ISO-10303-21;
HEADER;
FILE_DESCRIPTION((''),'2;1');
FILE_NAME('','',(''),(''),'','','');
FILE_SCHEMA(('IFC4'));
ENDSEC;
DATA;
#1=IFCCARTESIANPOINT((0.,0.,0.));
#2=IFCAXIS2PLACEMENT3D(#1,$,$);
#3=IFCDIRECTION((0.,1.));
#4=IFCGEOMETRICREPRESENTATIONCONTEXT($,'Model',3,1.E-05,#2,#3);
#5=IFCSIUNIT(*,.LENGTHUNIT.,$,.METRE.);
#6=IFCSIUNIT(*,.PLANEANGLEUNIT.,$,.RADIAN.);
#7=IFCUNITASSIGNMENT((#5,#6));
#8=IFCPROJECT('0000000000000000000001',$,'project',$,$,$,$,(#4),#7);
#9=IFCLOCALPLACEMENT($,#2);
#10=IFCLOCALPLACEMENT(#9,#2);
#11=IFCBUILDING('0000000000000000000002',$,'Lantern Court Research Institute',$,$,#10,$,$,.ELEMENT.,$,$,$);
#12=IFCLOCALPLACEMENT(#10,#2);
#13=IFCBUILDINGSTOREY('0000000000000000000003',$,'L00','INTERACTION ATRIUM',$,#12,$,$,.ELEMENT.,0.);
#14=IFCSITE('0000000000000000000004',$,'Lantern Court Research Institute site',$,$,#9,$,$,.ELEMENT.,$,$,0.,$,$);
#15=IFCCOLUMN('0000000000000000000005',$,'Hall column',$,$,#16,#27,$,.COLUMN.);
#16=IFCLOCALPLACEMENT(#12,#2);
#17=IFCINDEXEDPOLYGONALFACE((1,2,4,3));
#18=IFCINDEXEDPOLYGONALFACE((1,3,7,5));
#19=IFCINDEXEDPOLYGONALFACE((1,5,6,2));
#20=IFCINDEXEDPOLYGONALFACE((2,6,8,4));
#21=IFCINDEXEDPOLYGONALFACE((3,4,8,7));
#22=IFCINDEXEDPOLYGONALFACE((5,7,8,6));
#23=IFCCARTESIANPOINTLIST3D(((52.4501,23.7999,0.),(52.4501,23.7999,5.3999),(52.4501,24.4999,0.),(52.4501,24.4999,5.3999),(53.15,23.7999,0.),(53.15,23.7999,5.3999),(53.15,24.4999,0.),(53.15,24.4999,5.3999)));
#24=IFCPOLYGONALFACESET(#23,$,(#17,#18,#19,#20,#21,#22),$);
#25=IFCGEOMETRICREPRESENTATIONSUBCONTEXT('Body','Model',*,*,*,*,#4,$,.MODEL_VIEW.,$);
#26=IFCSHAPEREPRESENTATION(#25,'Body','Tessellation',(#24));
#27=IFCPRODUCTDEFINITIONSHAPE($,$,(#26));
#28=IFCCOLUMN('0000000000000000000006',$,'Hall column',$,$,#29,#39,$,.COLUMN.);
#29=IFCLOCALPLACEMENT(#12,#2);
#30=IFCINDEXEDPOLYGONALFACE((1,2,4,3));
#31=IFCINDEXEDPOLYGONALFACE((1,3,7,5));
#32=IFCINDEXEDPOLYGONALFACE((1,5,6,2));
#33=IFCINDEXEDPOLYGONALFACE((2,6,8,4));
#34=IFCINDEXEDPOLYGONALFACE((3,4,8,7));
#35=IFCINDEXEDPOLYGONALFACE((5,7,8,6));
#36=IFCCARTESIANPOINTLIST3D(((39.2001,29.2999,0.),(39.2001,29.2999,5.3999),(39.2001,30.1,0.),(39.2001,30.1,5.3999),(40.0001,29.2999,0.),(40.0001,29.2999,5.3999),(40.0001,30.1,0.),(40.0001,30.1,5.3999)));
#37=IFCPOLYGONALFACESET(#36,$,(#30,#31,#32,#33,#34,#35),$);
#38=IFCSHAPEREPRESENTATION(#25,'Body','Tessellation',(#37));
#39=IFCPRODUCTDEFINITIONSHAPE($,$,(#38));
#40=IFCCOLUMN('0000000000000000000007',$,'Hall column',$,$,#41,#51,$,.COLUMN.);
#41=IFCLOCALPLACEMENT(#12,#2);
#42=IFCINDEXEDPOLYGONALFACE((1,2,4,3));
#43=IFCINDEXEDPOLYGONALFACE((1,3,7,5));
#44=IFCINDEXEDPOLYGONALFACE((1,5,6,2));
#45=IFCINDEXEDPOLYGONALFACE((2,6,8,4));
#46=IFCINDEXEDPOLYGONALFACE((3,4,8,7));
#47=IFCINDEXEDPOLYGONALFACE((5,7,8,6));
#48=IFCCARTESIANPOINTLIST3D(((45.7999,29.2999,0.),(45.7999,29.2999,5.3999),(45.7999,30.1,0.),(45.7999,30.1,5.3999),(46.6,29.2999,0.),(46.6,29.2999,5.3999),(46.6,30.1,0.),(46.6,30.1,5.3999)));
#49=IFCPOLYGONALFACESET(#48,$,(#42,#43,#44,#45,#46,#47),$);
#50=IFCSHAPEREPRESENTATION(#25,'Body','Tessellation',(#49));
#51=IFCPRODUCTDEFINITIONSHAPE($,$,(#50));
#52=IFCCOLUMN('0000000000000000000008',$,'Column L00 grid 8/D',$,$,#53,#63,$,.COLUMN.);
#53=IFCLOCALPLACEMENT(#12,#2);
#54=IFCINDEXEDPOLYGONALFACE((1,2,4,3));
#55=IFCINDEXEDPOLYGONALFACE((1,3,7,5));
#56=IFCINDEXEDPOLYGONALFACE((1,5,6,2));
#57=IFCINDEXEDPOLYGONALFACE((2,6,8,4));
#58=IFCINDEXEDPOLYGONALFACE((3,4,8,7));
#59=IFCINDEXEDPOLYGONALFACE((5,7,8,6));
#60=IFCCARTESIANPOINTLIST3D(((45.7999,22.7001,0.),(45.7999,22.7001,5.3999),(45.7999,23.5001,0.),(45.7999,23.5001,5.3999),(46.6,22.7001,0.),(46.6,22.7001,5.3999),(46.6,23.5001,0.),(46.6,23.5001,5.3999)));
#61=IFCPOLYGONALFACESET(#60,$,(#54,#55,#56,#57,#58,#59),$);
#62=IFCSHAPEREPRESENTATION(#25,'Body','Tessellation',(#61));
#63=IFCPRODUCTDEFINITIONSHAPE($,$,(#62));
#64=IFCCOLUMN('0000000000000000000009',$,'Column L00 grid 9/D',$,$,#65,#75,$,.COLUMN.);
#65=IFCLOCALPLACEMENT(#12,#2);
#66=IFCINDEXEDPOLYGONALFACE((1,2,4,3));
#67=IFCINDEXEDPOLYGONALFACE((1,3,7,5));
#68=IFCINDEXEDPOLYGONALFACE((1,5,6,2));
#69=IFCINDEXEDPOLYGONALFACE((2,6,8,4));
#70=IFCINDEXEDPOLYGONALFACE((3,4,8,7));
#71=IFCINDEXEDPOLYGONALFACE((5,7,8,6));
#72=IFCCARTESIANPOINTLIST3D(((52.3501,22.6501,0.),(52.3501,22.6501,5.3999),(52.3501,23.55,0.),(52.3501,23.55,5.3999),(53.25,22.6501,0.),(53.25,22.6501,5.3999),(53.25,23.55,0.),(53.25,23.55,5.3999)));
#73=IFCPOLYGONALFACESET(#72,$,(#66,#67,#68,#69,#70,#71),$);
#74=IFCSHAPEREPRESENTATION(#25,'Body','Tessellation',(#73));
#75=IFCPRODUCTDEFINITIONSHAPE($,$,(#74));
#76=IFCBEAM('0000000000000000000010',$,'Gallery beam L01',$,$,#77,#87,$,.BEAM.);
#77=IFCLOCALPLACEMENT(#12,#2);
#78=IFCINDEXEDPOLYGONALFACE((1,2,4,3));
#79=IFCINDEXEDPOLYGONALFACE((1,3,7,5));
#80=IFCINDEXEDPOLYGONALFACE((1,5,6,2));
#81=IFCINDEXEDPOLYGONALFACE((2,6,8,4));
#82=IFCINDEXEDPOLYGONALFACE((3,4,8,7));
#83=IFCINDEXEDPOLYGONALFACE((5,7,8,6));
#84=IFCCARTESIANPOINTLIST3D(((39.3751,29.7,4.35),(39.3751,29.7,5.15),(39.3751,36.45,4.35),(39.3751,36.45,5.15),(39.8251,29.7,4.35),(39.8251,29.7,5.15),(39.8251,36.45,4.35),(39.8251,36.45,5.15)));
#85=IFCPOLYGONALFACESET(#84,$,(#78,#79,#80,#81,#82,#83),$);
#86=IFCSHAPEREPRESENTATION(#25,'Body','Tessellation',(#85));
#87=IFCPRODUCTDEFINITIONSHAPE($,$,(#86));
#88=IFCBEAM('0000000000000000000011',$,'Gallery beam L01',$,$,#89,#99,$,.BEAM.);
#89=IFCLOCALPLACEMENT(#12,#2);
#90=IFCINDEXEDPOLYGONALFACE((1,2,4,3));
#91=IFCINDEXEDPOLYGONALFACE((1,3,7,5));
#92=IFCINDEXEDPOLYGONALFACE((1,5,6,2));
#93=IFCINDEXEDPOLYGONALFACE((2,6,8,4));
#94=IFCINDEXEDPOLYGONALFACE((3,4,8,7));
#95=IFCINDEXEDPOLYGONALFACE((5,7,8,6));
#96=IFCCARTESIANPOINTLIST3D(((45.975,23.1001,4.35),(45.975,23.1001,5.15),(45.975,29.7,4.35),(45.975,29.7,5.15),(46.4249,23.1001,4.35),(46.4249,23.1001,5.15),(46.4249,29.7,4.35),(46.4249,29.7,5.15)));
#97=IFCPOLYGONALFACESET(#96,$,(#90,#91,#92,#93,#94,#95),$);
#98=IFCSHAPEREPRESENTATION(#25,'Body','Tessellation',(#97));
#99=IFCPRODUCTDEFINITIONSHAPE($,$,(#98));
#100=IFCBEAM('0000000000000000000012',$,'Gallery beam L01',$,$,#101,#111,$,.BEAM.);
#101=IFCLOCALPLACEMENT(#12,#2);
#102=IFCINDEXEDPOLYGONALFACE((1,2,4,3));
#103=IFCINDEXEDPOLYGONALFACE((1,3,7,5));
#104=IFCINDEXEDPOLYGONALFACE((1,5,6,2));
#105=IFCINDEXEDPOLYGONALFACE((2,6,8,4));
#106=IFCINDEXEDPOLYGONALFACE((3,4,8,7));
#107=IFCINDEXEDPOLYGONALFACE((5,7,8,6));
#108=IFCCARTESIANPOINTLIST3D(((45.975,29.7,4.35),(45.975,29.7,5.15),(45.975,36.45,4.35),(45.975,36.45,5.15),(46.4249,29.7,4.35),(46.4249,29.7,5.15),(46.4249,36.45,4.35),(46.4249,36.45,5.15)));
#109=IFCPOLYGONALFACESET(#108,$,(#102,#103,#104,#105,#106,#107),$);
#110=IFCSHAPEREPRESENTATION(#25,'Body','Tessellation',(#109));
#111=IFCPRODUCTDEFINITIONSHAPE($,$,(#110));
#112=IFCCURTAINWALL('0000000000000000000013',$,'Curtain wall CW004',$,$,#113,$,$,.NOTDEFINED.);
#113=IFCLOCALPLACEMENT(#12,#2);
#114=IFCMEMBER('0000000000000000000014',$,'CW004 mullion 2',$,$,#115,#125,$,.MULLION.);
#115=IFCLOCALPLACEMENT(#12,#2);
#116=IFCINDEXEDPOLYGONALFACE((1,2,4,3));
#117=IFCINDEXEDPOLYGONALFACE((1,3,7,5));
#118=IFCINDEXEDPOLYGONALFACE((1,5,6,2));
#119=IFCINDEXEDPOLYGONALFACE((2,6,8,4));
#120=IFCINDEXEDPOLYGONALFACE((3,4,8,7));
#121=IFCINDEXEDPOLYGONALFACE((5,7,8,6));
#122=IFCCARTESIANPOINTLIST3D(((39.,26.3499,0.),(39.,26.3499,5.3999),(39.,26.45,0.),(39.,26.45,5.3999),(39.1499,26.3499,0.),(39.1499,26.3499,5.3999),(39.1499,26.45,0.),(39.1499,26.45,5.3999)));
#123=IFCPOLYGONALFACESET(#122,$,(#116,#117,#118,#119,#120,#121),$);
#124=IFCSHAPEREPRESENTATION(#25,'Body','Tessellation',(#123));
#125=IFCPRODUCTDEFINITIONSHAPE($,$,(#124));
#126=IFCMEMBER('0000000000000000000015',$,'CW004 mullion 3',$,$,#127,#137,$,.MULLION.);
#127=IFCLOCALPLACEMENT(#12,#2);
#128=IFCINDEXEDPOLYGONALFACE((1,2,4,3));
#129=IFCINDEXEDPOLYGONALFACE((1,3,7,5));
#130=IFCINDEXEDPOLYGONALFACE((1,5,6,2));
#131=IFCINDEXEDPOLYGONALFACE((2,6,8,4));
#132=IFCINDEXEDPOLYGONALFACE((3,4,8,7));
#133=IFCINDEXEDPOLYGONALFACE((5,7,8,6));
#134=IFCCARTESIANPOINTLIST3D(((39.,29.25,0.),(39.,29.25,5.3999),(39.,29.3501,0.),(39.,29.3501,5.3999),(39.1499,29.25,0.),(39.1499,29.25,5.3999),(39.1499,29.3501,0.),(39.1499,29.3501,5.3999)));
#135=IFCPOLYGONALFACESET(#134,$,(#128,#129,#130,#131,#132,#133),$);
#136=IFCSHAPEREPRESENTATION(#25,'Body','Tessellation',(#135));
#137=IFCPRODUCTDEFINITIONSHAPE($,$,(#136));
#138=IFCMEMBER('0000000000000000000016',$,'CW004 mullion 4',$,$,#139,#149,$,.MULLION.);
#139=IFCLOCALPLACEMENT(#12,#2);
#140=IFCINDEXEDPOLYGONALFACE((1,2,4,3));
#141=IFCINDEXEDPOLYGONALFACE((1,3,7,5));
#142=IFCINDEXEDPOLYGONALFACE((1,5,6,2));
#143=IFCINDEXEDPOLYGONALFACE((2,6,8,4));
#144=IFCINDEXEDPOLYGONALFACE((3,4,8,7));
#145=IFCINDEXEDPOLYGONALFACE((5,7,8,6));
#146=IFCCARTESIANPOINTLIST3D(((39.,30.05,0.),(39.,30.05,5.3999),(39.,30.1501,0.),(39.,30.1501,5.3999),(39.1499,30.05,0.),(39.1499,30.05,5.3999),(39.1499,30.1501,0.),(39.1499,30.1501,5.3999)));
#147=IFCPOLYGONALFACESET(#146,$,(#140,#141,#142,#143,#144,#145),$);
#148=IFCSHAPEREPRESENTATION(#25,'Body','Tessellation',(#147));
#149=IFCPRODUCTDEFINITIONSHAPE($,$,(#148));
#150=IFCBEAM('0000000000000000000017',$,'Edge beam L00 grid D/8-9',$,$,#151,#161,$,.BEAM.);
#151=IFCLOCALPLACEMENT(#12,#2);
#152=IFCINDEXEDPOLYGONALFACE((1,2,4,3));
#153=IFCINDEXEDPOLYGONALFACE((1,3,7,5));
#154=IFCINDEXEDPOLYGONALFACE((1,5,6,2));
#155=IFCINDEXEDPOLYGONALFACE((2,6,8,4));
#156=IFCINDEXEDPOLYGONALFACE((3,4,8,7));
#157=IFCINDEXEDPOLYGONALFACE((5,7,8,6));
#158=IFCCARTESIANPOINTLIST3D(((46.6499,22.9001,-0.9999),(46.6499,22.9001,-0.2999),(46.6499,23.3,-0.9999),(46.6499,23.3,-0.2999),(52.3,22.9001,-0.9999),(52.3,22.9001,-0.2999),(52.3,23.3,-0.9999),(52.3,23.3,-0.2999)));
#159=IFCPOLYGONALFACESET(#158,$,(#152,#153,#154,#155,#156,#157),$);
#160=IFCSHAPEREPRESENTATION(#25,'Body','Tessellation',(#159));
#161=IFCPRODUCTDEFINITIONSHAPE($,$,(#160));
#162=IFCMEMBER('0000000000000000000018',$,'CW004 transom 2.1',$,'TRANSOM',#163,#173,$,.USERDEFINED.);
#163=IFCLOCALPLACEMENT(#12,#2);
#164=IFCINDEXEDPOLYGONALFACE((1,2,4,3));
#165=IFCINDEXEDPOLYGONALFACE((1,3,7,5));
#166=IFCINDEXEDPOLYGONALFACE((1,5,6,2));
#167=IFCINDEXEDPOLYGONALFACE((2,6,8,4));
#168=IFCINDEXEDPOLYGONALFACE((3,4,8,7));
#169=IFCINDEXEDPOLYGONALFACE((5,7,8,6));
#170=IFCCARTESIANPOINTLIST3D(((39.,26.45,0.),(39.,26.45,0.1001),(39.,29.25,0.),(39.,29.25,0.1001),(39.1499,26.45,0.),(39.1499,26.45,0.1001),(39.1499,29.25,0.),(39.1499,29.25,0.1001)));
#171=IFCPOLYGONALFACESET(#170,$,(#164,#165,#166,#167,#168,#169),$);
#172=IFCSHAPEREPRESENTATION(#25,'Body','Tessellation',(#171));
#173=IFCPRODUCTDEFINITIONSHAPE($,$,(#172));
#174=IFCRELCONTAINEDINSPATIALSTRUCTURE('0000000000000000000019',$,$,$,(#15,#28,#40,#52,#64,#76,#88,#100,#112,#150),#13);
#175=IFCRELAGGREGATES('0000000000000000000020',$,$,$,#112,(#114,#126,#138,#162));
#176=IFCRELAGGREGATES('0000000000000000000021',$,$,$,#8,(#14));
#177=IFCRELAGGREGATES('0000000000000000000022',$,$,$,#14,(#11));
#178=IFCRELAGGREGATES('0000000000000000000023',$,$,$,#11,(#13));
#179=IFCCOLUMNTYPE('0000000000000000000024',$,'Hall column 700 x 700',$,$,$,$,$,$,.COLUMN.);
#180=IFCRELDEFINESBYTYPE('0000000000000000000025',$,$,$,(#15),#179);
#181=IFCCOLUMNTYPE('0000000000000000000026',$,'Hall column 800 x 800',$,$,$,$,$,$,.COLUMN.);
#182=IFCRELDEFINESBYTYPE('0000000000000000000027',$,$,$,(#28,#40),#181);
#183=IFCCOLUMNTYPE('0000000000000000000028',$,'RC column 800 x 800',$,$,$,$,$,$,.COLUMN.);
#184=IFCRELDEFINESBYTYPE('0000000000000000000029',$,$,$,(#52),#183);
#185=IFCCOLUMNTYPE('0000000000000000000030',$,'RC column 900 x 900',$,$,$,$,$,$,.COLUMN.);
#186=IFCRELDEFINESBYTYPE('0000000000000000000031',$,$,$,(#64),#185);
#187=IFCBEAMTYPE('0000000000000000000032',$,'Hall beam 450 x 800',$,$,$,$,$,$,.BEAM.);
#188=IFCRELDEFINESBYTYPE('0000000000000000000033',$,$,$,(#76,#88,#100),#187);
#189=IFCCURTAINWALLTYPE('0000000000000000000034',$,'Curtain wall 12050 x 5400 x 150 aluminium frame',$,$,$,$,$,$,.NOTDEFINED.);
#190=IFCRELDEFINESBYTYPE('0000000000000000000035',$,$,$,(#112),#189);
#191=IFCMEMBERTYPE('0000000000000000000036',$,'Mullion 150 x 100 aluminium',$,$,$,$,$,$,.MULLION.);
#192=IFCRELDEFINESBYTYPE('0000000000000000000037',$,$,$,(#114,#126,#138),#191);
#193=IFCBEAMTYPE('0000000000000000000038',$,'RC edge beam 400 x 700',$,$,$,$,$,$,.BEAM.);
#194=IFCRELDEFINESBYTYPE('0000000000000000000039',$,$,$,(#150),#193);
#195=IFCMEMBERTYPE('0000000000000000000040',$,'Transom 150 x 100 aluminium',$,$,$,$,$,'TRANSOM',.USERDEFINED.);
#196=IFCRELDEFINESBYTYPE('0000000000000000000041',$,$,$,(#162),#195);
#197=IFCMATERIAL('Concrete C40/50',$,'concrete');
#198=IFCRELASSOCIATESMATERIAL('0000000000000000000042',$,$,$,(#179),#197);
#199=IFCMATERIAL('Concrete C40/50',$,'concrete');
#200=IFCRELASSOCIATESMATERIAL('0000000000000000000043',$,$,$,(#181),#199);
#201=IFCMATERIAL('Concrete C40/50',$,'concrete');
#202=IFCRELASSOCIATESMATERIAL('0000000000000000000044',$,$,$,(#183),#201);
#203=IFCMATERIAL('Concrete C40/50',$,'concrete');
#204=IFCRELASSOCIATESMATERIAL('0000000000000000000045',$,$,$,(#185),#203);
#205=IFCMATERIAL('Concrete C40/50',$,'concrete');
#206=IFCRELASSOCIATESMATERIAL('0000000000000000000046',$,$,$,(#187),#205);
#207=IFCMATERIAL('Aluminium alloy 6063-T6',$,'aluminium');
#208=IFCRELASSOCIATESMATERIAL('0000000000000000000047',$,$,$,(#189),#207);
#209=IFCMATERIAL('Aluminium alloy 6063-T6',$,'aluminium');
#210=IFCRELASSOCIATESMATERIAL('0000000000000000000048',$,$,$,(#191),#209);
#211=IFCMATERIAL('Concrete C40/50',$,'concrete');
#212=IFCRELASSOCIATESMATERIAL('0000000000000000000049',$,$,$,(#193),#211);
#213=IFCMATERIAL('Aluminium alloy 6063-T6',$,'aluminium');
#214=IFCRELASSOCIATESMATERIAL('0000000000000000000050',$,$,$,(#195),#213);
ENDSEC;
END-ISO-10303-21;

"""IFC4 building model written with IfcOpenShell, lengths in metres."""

from ifc_helpers import new_model, si_unit, direction, frame, origin, origin_2d, place, context, subcontext, project, spatial, rectangle, extrude, material, material_profile, profile_set, type_object, element, aggregate, save


model = new_model("IFC4")

# Units and contexts
model_context = context("Model", 3, precision=1e-05, world=origin(), true_north=direction((0.0, 1.0)))
body_context = subcontext(model_context, "Body", "Model", "MODEL_VIEW")
ifc_project = project(units=[si_unit("LENGTHUNIT", "METRE"), si_unit("PLANEANGLEUNIT", "RADIAN")], contexts=[model_context])

# Site, building, storey
site_placement = place(None, origin())
site = spatial("IfcSite", under=ifc_project, at=site_placement, Name="Lantern Court Research Institute site", CompositionType="ELEMENT", RefElevation=0.0)
building_placement = place(site_placement, origin())
building = spatial("IfcBuilding", under=site, at=building_placement, Name="Lantern Court Research Institute", CompositionType="ELEMENT")
storey_placement = place(building_placement, origin())
storey = spatial("IfcBuildingStorey", under=building, at=storey_placement, Name="L00", Description="INTERACTION ATRIUM", CompositionType="ELEMENT", Elevation=0.0)

# Columns
ifc_material_1 = material(Name="Concrete C40/50", Category="concrete")
ifc_material_profile_1 = material_profile(ifc_material_1, rectangle(XDim=0.7, YDim=0.7, at=origin_2d()), Name="Hall column 700 x 700")
ifc_profile_set_1 = profile_set([ifc_material_profile_1], Name="Concrete C40/50")
column_type_1 = type_object("IfcColumnType", Name="Hall column 700 x 700", PredefinedType="COLUMN", material=ifc_profile_set_1)
column_1_placement = place(storey_placement, frame((52.8, 24.1499, 0.0), z_axis=(0.0, 0.0, 1.0), x_axis=(1.0, 0.0, 0.0)))
element("IfcColumn", 1, at=column_1_placement, inside=storey, type_object=column_type_1, Name="Hall column", PredefinedType="COLUMN", context=body_context, shape_type="SweptSolid", body=[
    extrude(rectangle(XDim=0.7, YDim=0.7, at=origin_2d()), origin(), (0.0, 0.0, 1.0), 5.3999),
])
ifc_material_2 = material(Name="Concrete C40/50", Category="concrete")
ifc_material_profile_2 = material_profile(ifc_material_2, rectangle(XDim=0.8, YDim=0.8, at=origin_2d()), Name="Hall column 800 x 800")
ifc_profile_set_2 = profile_set([ifc_material_profile_2], Name="Concrete C40/50")
column_type_2 = type_object("IfcColumnType", Name="Hall column 800 x 800", PredefinedType="COLUMN", material=ifc_profile_set_2)
for number, where, z_axis, x_axis, name in (
    (2, (39.6001, 29.7, 0.0), (0.0, 0.0, 1.0), (1.0, 0.0, 0.0), "Hall column"),
    (3, (46.2, 29.7, 0.0), (0.0, 0.0, 1.0), (1.0, 0.0, 0.0), "Hall column"),
):
    element("IfcColumn", number, at=place(storey_placement, frame(where, z_axis=z_axis, x_axis=x_axis)), inside=storey, type_object=column_type_2, Name=name, PredefinedType="COLUMN", context=body_context, shape_type="SweptSolid", body=[
        extrude(rectangle(XDim=0.8, YDim=0.8, at=origin_2d()), origin(), (0.0, 0.0, 1.0), 5.3999),
    ])
ifc_material_3 = material(Name="Concrete C40/50", Category="concrete")
ifc_material_profile_3 = material_profile(ifc_material_3, rectangle(XDim=0.8, YDim=0.8, at=origin_2d()), Name="RC column 800 x 800")
ifc_profile_set_3 = profile_set([ifc_material_profile_3], Name="Concrete C40/50")
column_type_3 = type_object("IfcColumnType", Name="RC column 800 x 800", PredefinedType="COLUMN", material=ifc_profile_set_3)
column_2_placement = place(storey_placement, frame((46.2, 23.1001, 0.0), z_axis=(0.0, 0.0, 1.0), x_axis=(1.0, 0.0, 0.0)))
element("IfcColumn", 4, at=column_2_placement, inside=storey, type_object=column_type_3, Name="Column L00 grid 8/D", PredefinedType="COLUMN", context=body_context, shape_type="SweptSolid", body=[
    extrude(rectangle(XDim=0.8, YDim=0.8, at=origin_2d()), origin(), (0.0, 0.0, 1.0), 5.3999),
])
ifc_material_4 = material(Name="Concrete C40/50", Category="concrete")
ifc_material_profile_4 = material_profile(ifc_material_4, rectangle(XDim=0.8999, YDim=0.8999, at=origin_2d()), Name="RC column 900 x 900")
ifc_profile_set_4 = profile_set([ifc_material_profile_4], Name="Concrete C40/50")
column_type_4 = type_object("IfcColumnType", Name="RC column 900 x 900", PredefinedType="COLUMN", material=ifc_profile_set_4)
column_3_placement = place(storey_placement, frame((52.8, 23.1001, 0.0), z_axis=(0.0, 0.0, 1.0), x_axis=(1.0, 0.0, 0.0)))
element("IfcColumn", 5, at=column_3_placement, inside=storey, type_object=column_type_4, Name="Column L00 grid 9/D", PredefinedType="COLUMN", context=body_context, shape_type="SweptSolid", body=[
    extrude(rectangle(XDim=0.8999, YDim=0.8999, at=origin_2d()), origin(), (0.0, 0.0, 1.0), 5.3999),
])

# Beams
ifc_material_5 = material(Name="Concrete C40/50", Category="concrete")
ifc_material_profile_5 = material_profile(ifc_material_5, rectangle(XDim=0.45, YDim=0.8, at=origin_2d()), Name="Hall beam 450 x 800")
ifc_profile_set_5 = profile_set([ifc_material_profile_5], Name="Concrete C40/50")
beam_type_1 = type_object("IfcBeamType", Name="Hall beam 450 x 800", PredefinedType="BEAM", material=ifc_profile_set_5)
beam_1_placement = place(storey_placement, frame((39.6001, 29.7, 4.75), z_axis=(0.0, 1.0, 0.0), x_axis=(-1.0, 0.0, 0.0)))
element("IfcBeam", 6, at=beam_1_placement, inside=storey, type_object=beam_type_1, Name="Gallery beam L01", PredefinedType="BEAM", context=body_context, shape_type="SweptSolid", body=[
    extrude(rectangle(XDim=0.45, YDim=0.8, at=origin_2d()), origin(), (0.0, 0.0, 1.0), 6.75),
])
beam_2_placement = place(storey_placement, frame((46.2, 23.1001, 4.75), z_axis=(0.0, 1.0, 0.0), x_axis=(-1.0, 0.0, 0.0)))
element("IfcBeam", 7, at=beam_2_placement, inside=storey, type_object=beam_type_1, Name="Gallery beam L01", PredefinedType="BEAM", context=body_context, shape_type="SweptSolid", body=[
    extrude(rectangle(XDim=0.45, YDim=0.8, at=origin_2d()), origin(), (0.0, 0.0, 1.0), 6.5999),
])
beam_3_placement = place(storey_placement, frame((46.2, 29.7, 4.75), z_axis=(0.0, 1.0, 0.0), x_axis=(-1.0, 0.0, 0.0)))
element("IfcBeam", 8, at=beam_3_placement, inside=storey, type_object=beam_type_1, Name="Gallery beam L01", PredefinedType="BEAM", context=body_context, shape_type="SweptSolid", body=[
    extrude(rectangle(XDim=0.45, YDim=0.8, at=origin_2d()), origin(), (0.0, 0.0, 1.0), 6.75),
])

# Curtain wall, members
ifc_material_6 = material(Name="Aluminium alloy 6063-T6", Category="aluminium")
curtain_wall_type = type_object("IfcCurtainWallType", Name="Curtain wall 12050 x 5400 x 150 aluminium frame", PredefinedType="NOTDEFINED", material=ifc_material_6)
curtain_wall_placement = place(storey_placement, origin())
curtain_wall = element("IfcCurtainWall", 9, at=curtain_wall_placement, inside=storey, type_object=curtain_wall_type, Name="Curtain wall CW004", PredefinedType="NOTDEFINED")
ifc_material_7 = material(Name="Aluminium alloy 6063-T6", Category="aluminium")
ifc_material_profile_6 = material_profile(ifc_material_7, rectangle(XDim=0.1499, YDim=0.1001, at=origin_2d()), Name="Mullion 150 x 100")
ifc_profile_set_6 = profile_set([ifc_material_profile_6], Name="Aluminium alloy 6063-T6")
member_type_1 = type_object("IfcMemberType", Name="Mullion 150 x 100 aluminium", PredefinedType="MULLION", material=ifc_profile_set_6)
member_1_placement = place(storey_placement, frame((39.075, 26.3999, 0.0), z_axis=(0.0, 0.0, 1.0), x_axis=(-1.0, 0.0, 0.0)))
member_1 = element("IfcMember", 10, at=member_1_placement, type_object=member_type_1, Name="CW004 mullion 2", PredefinedType="MULLION", context=body_context, shape_type="SweptSolid", body=[
    extrude(rectangle(XDim=0.1499, YDim=0.1001, at=origin_2d()), origin(), (0.0, 0.0, 1.0), 5.3999),
])
member_2_placement = place(storey_placement, frame((39.075, 29.3, 0.0), z_axis=(0.0, 0.0, 1.0), x_axis=(-1.0, 0.0, 0.0)))
member_2 = element("IfcMember", 11, at=member_2_placement, type_object=member_type_1, Name="CW004 mullion 3", PredefinedType="MULLION", context=body_context, shape_type="SweptSolid", body=[
    extrude(rectangle(XDim=0.1499, YDim=0.1001, at=origin_2d()), origin(), (0.0, 0.0, 1.0), 5.3999),
])
member_3_placement = place(storey_placement, frame((39.075, 30.1001, 0.0), z_axis=(0.0, 0.0, 1.0), x_axis=(-1.0, 0.0, 0.0)))
member_3 = element("IfcMember", 12, at=member_3_placement, type_object=member_type_1, Name="CW004 mullion 4", PredefinedType="MULLION", context=body_context, shape_type="SweptSolid", body=[
    extrude(rectangle(XDim=0.1499, YDim=0.1001, at=origin_2d()), origin(), (0.0, 0.0, 1.0), 5.3999),
])

# Beam
ifc_material_8 = material(Name="Concrete C40/50", Category="concrete")
ifc_material_profile_7 = material_profile(ifc_material_8, rectangle(XDim=0.3999, YDim=0.7, at=origin_2d()), Name="RC beam 400 x 700")
ifc_profile_set_7 = profile_set([ifc_material_profile_7], Name="Concrete C40/50")
beam_type_2 = type_object("IfcBeamType", Name="RC edge beam 400 x 700", PredefinedType="BEAM", material=ifc_profile_set_7)
beam_4_placement = place(storey_placement, frame((46.6499, 23.1001, -0.6499), z_axis=(1.0, 0.0, 0.0), x_axis=(0.0, 1.0, 0.0)))
element("IfcBeam", 13, at=beam_4_placement, inside=storey, type_object=beam_type_2, Name="Edge beam L00 grid D/8-9", PredefinedType="BEAM", context=body_context, shape_type="SweptSolid", body=[
    extrude(rectangle(XDim=0.3999, YDim=0.7, at=origin_2d()), origin(), (0.0, 0.0, 1.0), 5.6501),
])

# Member
ifc_material_9 = material(Name="Aluminium alloy 6063-T6", Category="aluminium")
ifc_material_profile_8 = material_profile(ifc_material_9, rectangle(XDim=0.1499, YDim=0.1001, at=origin_2d()), Name="Transom 150 x 100")
ifc_profile_set_8 = profile_set([ifc_material_profile_8], Name="Aluminium alloy 6063-T6")
member_type_2 = type_object("IfcMemberType", Name="Transom 150 x 100 aluminium", ElementType="TRANSOM", PredefinedType="USERDEFINED", material=ifc_profile_set_8)
member_4_placement = place(storey_placement, frame((39.075, 26.45, 0.05), z_axis=(0.0, 1.0, 0.0), x_axis=(-1.0, 0.0, 0.0)))
member_4 = element("IfcMember", 14, at=member_4_placement, type_object=member_type_2, Name="CW004 transom 2.1", ObjectType="TRANSOM", PredefinedType="USERDEFINED", context=body_context, shape_type="SweptSolid", body=[
    extrude(rectangle(XDim=0.1499, YDim=0.1001, at=origin_2d()), origin(), (0.0, 0.0, 1.0), 2.8),
])

aggregate(curtain_wall, [member_1, member_2, member_3, member_4])

save(model, "model.ifc")
